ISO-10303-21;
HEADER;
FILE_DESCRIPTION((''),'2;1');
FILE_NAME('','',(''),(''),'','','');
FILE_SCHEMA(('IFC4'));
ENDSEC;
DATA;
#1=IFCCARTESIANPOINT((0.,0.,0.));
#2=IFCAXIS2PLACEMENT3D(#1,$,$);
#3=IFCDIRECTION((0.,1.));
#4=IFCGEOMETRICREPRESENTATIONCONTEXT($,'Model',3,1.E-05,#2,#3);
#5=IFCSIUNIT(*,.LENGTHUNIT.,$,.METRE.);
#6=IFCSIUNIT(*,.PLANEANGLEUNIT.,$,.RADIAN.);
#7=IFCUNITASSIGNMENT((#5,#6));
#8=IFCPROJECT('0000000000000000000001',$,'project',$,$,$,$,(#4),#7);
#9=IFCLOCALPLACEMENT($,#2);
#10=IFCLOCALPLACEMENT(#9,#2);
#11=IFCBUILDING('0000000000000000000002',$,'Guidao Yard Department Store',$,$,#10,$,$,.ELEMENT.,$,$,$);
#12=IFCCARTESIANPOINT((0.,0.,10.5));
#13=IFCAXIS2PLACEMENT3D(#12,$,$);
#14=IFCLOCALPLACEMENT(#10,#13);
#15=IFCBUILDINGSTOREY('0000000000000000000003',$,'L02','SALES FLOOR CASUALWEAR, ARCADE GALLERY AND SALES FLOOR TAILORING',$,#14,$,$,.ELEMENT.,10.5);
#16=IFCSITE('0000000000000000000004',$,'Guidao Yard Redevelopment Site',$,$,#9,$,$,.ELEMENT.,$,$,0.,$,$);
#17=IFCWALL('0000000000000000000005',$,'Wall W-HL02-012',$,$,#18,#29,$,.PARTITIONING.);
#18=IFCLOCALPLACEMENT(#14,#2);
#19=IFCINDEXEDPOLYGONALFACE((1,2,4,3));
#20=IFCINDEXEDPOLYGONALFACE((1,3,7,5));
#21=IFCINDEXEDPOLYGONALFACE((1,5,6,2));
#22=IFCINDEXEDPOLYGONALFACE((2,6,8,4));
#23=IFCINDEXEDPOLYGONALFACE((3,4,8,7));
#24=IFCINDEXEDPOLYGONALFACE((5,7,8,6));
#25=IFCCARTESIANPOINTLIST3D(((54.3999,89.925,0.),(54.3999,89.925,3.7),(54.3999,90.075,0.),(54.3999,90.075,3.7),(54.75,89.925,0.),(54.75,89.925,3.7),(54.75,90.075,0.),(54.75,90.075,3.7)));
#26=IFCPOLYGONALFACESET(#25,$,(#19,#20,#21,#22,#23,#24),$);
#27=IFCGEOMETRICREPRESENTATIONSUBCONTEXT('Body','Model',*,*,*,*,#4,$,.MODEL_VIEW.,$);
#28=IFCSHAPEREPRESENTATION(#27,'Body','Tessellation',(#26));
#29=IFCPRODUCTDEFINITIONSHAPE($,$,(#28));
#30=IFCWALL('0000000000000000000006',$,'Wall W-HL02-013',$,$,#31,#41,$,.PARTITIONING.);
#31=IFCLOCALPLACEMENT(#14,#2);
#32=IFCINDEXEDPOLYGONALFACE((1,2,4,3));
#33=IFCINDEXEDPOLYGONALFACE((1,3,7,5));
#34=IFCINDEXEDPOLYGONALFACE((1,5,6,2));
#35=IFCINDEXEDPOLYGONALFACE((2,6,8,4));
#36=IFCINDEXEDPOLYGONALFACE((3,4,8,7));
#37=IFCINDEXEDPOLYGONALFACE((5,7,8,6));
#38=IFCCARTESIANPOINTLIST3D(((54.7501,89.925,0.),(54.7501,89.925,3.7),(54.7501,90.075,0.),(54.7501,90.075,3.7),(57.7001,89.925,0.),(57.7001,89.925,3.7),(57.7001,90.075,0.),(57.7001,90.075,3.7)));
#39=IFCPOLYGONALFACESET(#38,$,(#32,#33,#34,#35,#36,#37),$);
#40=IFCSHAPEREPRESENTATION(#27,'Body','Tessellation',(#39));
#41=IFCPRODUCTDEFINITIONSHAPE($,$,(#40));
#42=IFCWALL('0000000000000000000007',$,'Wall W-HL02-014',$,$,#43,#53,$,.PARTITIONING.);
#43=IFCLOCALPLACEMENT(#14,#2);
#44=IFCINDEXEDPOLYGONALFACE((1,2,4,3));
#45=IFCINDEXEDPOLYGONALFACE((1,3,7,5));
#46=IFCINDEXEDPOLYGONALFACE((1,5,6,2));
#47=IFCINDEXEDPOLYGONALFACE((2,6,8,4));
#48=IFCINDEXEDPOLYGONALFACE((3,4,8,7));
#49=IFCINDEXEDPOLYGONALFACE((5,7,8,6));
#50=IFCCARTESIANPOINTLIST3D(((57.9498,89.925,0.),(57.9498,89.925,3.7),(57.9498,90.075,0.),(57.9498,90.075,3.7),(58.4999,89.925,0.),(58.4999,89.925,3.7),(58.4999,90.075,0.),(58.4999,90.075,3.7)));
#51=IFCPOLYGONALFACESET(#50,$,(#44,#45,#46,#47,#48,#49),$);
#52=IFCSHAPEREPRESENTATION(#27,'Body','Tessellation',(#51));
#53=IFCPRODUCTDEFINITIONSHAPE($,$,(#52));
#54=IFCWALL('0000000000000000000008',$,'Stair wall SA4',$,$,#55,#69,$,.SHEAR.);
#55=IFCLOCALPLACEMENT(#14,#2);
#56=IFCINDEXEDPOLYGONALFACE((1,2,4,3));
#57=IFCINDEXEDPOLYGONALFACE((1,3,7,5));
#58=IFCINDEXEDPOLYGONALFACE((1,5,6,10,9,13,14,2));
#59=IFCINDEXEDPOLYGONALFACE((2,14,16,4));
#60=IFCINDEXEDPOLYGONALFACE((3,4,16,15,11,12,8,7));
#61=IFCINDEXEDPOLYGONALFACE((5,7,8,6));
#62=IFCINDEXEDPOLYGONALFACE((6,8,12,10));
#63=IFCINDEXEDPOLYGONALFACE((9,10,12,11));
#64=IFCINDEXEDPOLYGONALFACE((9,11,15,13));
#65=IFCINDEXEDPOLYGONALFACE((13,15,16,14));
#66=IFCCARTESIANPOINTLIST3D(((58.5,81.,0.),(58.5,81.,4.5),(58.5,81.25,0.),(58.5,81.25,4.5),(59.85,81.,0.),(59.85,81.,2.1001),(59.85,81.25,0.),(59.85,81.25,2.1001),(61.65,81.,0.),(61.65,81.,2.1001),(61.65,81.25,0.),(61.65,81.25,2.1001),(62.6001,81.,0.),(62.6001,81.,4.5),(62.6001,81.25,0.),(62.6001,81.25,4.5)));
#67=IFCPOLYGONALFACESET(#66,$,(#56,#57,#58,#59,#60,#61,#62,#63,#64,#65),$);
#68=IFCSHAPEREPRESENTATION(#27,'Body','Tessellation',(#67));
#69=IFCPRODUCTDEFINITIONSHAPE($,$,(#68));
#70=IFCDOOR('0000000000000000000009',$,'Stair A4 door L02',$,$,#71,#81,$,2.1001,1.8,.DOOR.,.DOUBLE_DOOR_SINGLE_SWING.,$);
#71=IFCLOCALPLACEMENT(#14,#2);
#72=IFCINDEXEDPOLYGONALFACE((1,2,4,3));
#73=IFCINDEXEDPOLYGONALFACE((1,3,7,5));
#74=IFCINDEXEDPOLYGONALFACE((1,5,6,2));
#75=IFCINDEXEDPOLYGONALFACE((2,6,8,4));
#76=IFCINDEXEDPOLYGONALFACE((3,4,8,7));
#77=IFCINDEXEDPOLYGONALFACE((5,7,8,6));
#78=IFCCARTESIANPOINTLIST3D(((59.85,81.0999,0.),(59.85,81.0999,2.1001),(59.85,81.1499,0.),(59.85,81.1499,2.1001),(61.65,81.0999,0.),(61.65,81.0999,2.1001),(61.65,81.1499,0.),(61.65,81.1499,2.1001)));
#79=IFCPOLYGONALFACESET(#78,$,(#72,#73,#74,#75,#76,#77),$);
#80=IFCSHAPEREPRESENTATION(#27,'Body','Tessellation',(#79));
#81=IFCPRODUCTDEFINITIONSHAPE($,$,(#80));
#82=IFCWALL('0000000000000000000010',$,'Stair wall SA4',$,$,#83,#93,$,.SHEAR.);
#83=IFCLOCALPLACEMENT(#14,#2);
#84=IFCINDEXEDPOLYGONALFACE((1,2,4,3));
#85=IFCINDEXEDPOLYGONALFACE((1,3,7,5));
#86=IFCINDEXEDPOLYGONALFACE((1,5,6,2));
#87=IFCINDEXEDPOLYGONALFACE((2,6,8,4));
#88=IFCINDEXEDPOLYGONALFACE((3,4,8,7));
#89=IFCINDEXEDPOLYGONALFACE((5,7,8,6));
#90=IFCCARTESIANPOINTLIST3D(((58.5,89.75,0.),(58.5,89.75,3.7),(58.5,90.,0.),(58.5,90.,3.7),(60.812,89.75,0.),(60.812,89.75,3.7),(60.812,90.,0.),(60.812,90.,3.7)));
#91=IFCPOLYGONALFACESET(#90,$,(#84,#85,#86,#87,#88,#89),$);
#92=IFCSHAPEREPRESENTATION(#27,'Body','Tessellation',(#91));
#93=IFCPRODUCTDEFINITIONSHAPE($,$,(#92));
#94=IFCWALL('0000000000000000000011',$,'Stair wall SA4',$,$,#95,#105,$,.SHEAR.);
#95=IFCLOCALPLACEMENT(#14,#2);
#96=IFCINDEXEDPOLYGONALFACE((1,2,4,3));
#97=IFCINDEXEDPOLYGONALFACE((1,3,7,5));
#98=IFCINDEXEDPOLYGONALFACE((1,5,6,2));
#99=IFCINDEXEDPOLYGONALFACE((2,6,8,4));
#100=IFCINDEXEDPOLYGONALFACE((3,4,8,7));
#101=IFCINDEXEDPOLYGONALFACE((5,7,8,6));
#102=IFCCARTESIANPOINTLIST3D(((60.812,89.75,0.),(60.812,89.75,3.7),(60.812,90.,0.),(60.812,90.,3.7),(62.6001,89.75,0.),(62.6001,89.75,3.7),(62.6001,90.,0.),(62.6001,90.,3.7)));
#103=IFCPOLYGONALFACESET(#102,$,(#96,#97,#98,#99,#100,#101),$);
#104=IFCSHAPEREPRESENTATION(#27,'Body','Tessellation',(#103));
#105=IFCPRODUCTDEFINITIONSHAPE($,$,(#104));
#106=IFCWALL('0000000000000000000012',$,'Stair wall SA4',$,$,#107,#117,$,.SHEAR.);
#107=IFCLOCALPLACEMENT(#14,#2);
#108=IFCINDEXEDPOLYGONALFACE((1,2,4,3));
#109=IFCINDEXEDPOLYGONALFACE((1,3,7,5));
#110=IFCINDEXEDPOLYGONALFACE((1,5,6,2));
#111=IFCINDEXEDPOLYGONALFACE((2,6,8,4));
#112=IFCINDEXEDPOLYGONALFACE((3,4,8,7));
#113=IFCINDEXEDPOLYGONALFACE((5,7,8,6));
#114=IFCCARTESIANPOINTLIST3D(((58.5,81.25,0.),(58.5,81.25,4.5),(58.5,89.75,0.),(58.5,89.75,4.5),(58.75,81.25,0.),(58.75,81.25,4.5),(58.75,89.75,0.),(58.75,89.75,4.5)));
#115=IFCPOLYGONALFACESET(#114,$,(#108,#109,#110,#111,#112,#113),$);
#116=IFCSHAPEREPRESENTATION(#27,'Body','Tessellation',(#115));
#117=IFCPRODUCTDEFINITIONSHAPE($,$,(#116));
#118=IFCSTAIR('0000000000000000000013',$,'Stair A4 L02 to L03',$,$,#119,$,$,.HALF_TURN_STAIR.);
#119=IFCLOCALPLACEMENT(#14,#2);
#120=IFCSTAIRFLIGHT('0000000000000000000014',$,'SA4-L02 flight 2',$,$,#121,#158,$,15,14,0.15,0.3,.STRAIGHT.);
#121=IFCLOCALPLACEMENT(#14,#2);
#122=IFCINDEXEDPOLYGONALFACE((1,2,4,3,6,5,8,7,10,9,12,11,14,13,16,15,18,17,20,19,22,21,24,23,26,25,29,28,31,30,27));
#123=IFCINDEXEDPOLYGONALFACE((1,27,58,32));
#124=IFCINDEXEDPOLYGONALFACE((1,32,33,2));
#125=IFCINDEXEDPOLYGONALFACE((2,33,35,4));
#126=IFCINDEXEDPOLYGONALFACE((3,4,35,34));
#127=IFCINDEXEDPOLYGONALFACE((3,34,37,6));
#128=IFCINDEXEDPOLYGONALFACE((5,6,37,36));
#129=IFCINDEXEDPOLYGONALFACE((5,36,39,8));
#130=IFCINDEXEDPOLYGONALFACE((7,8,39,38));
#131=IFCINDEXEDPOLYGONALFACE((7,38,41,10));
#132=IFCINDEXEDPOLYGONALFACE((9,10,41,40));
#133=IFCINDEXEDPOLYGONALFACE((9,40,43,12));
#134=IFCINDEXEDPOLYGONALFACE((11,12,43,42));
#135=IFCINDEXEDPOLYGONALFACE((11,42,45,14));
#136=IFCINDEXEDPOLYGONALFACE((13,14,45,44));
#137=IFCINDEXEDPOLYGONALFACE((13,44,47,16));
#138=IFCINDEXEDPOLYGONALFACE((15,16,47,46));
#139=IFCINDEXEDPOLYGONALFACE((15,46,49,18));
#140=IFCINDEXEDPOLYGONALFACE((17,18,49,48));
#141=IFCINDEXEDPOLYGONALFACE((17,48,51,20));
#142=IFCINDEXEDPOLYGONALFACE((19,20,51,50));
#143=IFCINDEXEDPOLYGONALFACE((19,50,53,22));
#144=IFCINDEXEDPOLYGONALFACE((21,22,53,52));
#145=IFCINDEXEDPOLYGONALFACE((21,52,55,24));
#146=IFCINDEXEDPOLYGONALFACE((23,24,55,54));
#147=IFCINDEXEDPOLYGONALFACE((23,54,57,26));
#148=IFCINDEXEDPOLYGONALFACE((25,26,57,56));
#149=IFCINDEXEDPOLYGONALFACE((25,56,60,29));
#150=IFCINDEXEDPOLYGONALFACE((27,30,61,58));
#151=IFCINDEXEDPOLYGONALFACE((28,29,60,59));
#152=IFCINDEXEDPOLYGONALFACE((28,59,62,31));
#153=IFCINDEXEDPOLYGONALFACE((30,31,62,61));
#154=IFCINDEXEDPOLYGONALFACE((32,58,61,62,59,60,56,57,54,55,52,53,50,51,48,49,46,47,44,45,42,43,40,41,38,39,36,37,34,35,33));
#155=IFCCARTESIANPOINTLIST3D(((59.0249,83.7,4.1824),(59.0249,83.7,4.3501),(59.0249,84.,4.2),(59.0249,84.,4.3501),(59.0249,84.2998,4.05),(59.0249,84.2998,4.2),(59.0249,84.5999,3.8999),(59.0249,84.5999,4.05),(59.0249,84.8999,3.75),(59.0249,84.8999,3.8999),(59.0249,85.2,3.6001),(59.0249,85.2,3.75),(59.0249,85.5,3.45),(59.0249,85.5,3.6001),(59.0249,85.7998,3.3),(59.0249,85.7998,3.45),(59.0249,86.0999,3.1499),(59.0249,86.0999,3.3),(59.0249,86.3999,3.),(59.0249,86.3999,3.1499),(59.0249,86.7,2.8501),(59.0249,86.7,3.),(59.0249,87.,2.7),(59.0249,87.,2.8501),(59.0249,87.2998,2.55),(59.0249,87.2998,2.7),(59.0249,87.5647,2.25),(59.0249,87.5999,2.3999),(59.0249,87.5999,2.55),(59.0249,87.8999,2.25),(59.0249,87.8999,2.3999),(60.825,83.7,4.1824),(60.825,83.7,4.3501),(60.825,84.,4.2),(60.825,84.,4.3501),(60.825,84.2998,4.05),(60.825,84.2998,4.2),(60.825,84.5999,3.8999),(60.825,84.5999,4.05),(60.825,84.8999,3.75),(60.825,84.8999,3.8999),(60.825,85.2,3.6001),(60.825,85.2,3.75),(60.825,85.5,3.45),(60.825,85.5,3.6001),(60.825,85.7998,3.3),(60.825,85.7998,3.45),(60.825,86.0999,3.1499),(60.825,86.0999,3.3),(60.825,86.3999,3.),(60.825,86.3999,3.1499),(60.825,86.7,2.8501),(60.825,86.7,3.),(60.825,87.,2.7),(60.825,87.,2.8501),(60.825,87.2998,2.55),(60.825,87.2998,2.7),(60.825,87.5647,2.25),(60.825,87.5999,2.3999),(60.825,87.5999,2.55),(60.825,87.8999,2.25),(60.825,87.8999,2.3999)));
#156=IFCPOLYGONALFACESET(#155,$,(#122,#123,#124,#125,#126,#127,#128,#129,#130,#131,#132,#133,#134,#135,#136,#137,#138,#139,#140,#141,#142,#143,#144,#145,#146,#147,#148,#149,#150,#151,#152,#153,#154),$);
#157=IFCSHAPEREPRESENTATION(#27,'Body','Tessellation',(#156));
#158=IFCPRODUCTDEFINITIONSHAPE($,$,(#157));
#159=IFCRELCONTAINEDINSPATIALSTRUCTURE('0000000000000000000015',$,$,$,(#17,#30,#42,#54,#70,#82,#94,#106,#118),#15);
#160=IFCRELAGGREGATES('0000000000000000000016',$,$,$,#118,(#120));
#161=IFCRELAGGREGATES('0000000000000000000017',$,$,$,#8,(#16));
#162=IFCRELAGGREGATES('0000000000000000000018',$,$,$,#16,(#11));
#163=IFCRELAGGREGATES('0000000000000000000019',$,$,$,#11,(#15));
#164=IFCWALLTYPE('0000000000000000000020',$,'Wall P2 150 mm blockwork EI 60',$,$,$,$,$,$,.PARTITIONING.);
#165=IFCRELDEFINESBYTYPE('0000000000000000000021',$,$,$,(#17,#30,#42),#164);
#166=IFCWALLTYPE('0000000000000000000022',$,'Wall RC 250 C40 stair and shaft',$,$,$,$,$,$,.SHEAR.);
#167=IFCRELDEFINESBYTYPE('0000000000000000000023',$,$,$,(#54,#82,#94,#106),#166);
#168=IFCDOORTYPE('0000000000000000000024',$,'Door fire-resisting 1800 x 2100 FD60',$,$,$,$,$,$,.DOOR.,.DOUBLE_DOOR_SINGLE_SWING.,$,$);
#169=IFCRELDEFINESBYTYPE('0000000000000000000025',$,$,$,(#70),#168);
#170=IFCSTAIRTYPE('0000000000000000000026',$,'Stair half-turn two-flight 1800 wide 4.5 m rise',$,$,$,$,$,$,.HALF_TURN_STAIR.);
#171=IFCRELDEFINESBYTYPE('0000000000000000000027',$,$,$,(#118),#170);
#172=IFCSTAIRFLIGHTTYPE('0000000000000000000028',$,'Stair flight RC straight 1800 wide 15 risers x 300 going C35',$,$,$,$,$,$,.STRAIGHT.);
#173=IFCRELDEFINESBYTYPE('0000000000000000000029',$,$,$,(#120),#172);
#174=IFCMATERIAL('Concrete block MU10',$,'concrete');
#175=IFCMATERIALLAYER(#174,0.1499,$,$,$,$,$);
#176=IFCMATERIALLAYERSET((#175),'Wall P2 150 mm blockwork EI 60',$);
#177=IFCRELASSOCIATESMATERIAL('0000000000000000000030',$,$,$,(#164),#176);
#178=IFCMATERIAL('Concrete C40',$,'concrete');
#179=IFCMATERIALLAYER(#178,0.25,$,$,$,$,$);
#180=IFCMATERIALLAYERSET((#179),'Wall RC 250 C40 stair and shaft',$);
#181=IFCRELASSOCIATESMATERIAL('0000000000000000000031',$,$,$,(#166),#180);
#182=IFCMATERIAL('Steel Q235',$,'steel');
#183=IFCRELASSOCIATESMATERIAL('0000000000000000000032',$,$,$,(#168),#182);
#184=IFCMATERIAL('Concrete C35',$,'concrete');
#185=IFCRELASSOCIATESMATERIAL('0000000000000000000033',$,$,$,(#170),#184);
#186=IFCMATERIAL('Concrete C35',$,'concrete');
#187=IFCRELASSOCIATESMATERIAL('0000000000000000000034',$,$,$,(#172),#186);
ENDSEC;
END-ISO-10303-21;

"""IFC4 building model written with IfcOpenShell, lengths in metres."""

from ifc_helpers import new_model, si_unit, direction, frame, frame_2d, origin, place, context, subcontext, project, spatial, polyline, rectangle, outline, extrude, material, layer, layer_set, type_object, element, fill, aggregate, save


model = new_model("IFC4")

# Units and contexts
model_context = context("Model", 3, precision=1e-05, world=origin(), true_north=direction((0.0, 1.0)))
body_context = subcontext(model_context, "Body", "Model", "MODEL_VIEW")
ifc_project = project(units=[si_unit("LENGTHUNIT", "METRE"), si_unit("PLANEANGLEUNIT", "RADIAN")], contexts=[model_context])

# Site, building, storey
site_placement = place(None, origin())
site = spatial("IfcSite", under=ifc_project, at=site_placement, Name="Guidao Yard Redevelopment Site", CompositionType="ELEMENT", RefElevation=0.0)
building_placement = place(site_placement, origin())
building = spatial("IfcBuilding", under=site, at=building_placement, Name="Guidao Yard Department Store", CompositionType="ELEMENT")
storey_placement = place(building_placement, frame((0.0, 0.0, 10.5)))
storey = spatial("IfcBuildingStorey", under=building, at=storey_placement, Name="L02", Description="SALES FLOOR CASUALWEAR, ARCADE GALLERY AND SALES FLOOR TAILORING", CompositionType="ELEMENT", Elevation=10.5)

# Walls
ifc_material_1 = material(Name="Concrete block MU10", Category="concrete")
ifc_layer_1 = layer(ifc_material_1, 0.1499)
ifc_layer_set_1 = layer_set([ifc_layer_1], Name="Wall P2 150 mm blockwork EI 60")
wall_type_1 = type_object("IfcWallType", Name="Wall P2 150 mm blockwork EI 60", PredefinedType="PARTITIONING", material=ifc_layer_set_1)
wall_1_placement = place(storey_placement, frame((54.3999, 90.0, 0.0), z_axis=(0.0, 0.0, 1.0), x_axis=(1.0, 0.0, 0.0)))
element("IfcWall", 1, at=wall_1_placement, inside=storey, type_object=wall_type_1, Name="Wall W-HL02-012", PredefinedType="PARTITIONING", context=body_context, shape_type="SweptSolid", body=[
    extrude(rectangle(XDim=0.3501, YDim=0.1499, at=frame_2d((0.175, 0.0))), origin(), (0.0, 0.0, 1.0), 3.7),
])
wall_2_placement = place(storey_placement, frame((54.75, 90.0, 0.0), z_axis=(0.0, 0.0, 1.0), x_axis=(1.0, 0.0, 0.0)))
element("IfcWall", 2, at=wall_2_placement, inside=storey, type_object=wall_type_1, Name="Wall W-HL02-013", PredefinedType="PARTITIONING", context=body_context, shape_type="SweptSolid", body=[
    extrude(rectangle(XDim=2.95, YDim=0.1499, at=frame_2d((1.4751, 0.0))), origin(), (0.0, 0.0, 1.0), 3.7),
])
wall_3_placement = place(storey_placement, frame((57.95, 90.0, 0.0), z_axis=(0.0, 0.0, 1.0), x_axis=(1.0, 0.0, 0.0)))
element("IfcWall", 3, at=wall_3_placement, inside=storey, type_object=wall_type_1, Name="Wall W-HL02-014", PredefinedType="PARTITIONING", context=body_context, shape_type="SweptSolid", body=[
    extrude(rectangle(XDim=0.55, YDim=0.1499, at=frame_2d((0.2749, 0.0))), origin(), (0.0, 0.0, 1.0), 3.7),
])

# Wall, opening, door
ifc_material_2 = material(Name="Concrete C40", Category="concrete")
ifc_layer_2 = layer(ifc_material_2, 0.25)
ifc_layer_set_2 = layer_set([ifc_layer_2], Name="Wall RC 250 C40 stair and shaft")
wall_type_2 = type_object("IfcWallType", Name="Wall RC 250 C40 stair and shaft", PredefinedType="SHEAR", material=ifc_layer_set_2)
wall_4_placement = place(storey_placement, frame((58.5, 81.125, 0.0), z_axis=(0.0, 0.0, 1.0), x_axis=(1.0, 0.0, 0.0)))
wall_4 = element("IfcWall", 4, at=wall_4_placement, inside=storey, type_object=wall_type_2, Name="Stair wall SA4", PredefinedType="SHEAR", context=body_context, shape_type="SweptSolid", body=[
    extrude(rectangle(XDim=4.1001, YDim=0.25, at=frame_2d((2.05, 0.0))), origin(), (0.0, 0.0, 1.0), 4.5),
])
opening_1_placement = place(wall_4_placement, frame((1.3501, 0.0, 0.0)))
opening_1 = element("IfcOpeningElement", 5, at=opening_1_placement, cuts=wall_4, PredefinedType="OPENING", context=body_context, shape_type="SweptSolid", body=[
    extrude(rectangle(XDim=1.8, YDim=2.1001, at=frame_2d((0.8999, 1.05))), frame((0.0, 0.135, 0.0), z_axis=(0.0, -1.0, 0.0), x_axis=(1.0, 0.0, 0.0)), (0.0, 0.0, 1.0), 0.27),
])
ifc_material_3 = material(Name="Steel Q235", Category="steel")
door_type_1 = type_object("IfcDoorType", Name="Door fire-resisting 1800 x 2100 FD60", OperationType="DOUBLE_DOOR_SINGLE_SWING", PredefinedType="DOOR", material=ifc_material_3)
door_1_placement = place(opening_1_placement, origin())
door_1 = element("IfcDoor", 6, at=door_1_placement, inside=storey, type_object=door_type_1, Name="Stair A4 door L02", OperationType="DOUBLE_DOOR_SINGLE_SWING", OverallHeight=2.1001, OverallWidth=1.8, PredefinedType="DOOR", context=body_context, shape_type="SweptSolid", body=[
    extrude(rectangle(XDim=1.8, YDim=2.1001, at=frame_2d((0.8999, 1.05))), frame((0.0, 0.0249, 0.0), z_axis=(0.0, -1.0, 0.0), x_axis=(1.0, 0.0, 0.0)), (0.0, 0.0, 1.0), 0.05),
])
fill(opening_1, door_1)

# Walls
wall_5_placement = place(storey_placement, frame((58.5, 89.875, 0.0), z_axis=(0.0, 0.0, 1.0), x_axis=(1.0, 0.0, 0.0)))
element("IfcWall", 7, at=wall_5_placement, inside=storey, type_object=wall_type_2, Name="Stair wall SA4", PredefinedType="SHEAR", context=body_context, shape_type="SweptSolid", body=[
    extrude(rectangle(XDim=2.312, YDim=0.25, at=frame_2d((1.156, 0.0))), origin(), (0.0, 0.0, 1.0), 3.7),
])
wall_6_placement = place(storey_placement, frame((60.812, 89.875, 0.0), z_axis=(0.0, 0.0, 1.0), x_axis=(1.0, 0.0, 0.0)))
element("IfcWall", 8, at=wall_6_placement, inside=storey, type_object=wall_type_2, Name="Stair wall SA4", PredefinedType="SHEAR", context=body_context, shape_type="SweptSolid", body=[
    extrude(rectangle(XDim=1.7881, YDim=0.25, at=frame_2d((0.894, 0.0))), origin(), (0.0, 0.0, 1.0), 3.7),
])
wall_7_placement = place(storey_placement, frame((58.625, 81.25, 0.0), z_axis=(0.0, 0.0, 1.0), x_axis=(0.0, 1.0, 0.0)))
element("IfcWall", 9, at=wall_7_placement, inside=storey, type_object=wall_type_2, Name="Stair wall SA4", PredefinedType="SHEAR", context=body_context, shape_type="SweptSolid", body=[
    extrude(rectangle(XDim=8.5, YDim=0.25, at=frame_2d((4.25, 0.0))), origin(), (0.0, 0.0, 1.0), 4.5),
])

# Stair, stair flight
ifc_material_4 = material(Name="Concrete C35", Category="concrete")
stair_type = type_object("IfcStairType", Name="Stair half-turn two-flight 1800 wide 4.5 m rise", PredefinedType="HALF_TURN_STAIR", material=ifc_material_4)
stair_placement = place(storey_placement, origin())
stair = element("IfcStair", 10, at=stair_placement, inside=storey, type_object=stair_type, Name="Stair A4 L02 to L03", PredefinedType="HALF_TURN_STAIR")
ifc_material_5 = material(Name="Concrete C35", Category="concrete")
stair_flight_type = type_object("IfcStairFlightType", Name="Stair flight RC straight 1800 wide 15 risers x 300 going C35", PredefinedType="STRAIGHT", material=ifc_material_5)
stair_flight_placement = place(storey_placement, frame((59.925, 87.8999, 2.25), z_axis=(0.0, 0.0, 1.0), x_axis=(0.0, -1.0, 0.0)))
stair_flight = element("IfcStairFlight", 11, at=stair_flight_placement, type_object=stair_flight_type, Name="SA4-L02 flight 2", NumberOfRisers=15, NumberOfTreads=14, PredefinedType="STRAIGHT", RiserHeight=0.15, TreadLength=0.3, context=body_context, shape_type="SweptSolid", body=[
    extrude(outline(polyline([(0.0, 0.0), (0.0, 0.1499), (0.3, 0.1499), (0.3, 0.3), (0.6001, 0.3), (0.6001, 0.45), (0.8999, 0.45), (0.8999, 0.6001), (1.2, 0.6001), (1.2, 0.75), (1.5, 0.75), (1.5, 0.8999), (1.8, 0.8999), (1.8, 1.05), (2.1001, 1.05), (2.1001, 1.2), (2.3999, 1.2), (2.3999, 1.3501), (2.7, 1.3501), (2.7, 1.5), (3.0, 1.5), (3.0, 1.6499), (3.3, 1.6499), (3.3, 1.8), (3.6001, 1.8), (3.6001, 1.95), (3.8999, 1.95), (3.8999, 2.1001), (4.2, 2.1001), (4.2, 2.25), (4.2, 1.9324), (0.3352, 0.0), (0.0, 0.0)])), frame((0.0, 0.8999, 0.0), z_axis=(0.0, -1.0, 0.0), x_axis=(1.0, 0.0, 0.0)), (0.0, 0.0, 1.0), 1.8),
])
aggregate(stair, [stair_flight])

save(model, "model.ifc")
